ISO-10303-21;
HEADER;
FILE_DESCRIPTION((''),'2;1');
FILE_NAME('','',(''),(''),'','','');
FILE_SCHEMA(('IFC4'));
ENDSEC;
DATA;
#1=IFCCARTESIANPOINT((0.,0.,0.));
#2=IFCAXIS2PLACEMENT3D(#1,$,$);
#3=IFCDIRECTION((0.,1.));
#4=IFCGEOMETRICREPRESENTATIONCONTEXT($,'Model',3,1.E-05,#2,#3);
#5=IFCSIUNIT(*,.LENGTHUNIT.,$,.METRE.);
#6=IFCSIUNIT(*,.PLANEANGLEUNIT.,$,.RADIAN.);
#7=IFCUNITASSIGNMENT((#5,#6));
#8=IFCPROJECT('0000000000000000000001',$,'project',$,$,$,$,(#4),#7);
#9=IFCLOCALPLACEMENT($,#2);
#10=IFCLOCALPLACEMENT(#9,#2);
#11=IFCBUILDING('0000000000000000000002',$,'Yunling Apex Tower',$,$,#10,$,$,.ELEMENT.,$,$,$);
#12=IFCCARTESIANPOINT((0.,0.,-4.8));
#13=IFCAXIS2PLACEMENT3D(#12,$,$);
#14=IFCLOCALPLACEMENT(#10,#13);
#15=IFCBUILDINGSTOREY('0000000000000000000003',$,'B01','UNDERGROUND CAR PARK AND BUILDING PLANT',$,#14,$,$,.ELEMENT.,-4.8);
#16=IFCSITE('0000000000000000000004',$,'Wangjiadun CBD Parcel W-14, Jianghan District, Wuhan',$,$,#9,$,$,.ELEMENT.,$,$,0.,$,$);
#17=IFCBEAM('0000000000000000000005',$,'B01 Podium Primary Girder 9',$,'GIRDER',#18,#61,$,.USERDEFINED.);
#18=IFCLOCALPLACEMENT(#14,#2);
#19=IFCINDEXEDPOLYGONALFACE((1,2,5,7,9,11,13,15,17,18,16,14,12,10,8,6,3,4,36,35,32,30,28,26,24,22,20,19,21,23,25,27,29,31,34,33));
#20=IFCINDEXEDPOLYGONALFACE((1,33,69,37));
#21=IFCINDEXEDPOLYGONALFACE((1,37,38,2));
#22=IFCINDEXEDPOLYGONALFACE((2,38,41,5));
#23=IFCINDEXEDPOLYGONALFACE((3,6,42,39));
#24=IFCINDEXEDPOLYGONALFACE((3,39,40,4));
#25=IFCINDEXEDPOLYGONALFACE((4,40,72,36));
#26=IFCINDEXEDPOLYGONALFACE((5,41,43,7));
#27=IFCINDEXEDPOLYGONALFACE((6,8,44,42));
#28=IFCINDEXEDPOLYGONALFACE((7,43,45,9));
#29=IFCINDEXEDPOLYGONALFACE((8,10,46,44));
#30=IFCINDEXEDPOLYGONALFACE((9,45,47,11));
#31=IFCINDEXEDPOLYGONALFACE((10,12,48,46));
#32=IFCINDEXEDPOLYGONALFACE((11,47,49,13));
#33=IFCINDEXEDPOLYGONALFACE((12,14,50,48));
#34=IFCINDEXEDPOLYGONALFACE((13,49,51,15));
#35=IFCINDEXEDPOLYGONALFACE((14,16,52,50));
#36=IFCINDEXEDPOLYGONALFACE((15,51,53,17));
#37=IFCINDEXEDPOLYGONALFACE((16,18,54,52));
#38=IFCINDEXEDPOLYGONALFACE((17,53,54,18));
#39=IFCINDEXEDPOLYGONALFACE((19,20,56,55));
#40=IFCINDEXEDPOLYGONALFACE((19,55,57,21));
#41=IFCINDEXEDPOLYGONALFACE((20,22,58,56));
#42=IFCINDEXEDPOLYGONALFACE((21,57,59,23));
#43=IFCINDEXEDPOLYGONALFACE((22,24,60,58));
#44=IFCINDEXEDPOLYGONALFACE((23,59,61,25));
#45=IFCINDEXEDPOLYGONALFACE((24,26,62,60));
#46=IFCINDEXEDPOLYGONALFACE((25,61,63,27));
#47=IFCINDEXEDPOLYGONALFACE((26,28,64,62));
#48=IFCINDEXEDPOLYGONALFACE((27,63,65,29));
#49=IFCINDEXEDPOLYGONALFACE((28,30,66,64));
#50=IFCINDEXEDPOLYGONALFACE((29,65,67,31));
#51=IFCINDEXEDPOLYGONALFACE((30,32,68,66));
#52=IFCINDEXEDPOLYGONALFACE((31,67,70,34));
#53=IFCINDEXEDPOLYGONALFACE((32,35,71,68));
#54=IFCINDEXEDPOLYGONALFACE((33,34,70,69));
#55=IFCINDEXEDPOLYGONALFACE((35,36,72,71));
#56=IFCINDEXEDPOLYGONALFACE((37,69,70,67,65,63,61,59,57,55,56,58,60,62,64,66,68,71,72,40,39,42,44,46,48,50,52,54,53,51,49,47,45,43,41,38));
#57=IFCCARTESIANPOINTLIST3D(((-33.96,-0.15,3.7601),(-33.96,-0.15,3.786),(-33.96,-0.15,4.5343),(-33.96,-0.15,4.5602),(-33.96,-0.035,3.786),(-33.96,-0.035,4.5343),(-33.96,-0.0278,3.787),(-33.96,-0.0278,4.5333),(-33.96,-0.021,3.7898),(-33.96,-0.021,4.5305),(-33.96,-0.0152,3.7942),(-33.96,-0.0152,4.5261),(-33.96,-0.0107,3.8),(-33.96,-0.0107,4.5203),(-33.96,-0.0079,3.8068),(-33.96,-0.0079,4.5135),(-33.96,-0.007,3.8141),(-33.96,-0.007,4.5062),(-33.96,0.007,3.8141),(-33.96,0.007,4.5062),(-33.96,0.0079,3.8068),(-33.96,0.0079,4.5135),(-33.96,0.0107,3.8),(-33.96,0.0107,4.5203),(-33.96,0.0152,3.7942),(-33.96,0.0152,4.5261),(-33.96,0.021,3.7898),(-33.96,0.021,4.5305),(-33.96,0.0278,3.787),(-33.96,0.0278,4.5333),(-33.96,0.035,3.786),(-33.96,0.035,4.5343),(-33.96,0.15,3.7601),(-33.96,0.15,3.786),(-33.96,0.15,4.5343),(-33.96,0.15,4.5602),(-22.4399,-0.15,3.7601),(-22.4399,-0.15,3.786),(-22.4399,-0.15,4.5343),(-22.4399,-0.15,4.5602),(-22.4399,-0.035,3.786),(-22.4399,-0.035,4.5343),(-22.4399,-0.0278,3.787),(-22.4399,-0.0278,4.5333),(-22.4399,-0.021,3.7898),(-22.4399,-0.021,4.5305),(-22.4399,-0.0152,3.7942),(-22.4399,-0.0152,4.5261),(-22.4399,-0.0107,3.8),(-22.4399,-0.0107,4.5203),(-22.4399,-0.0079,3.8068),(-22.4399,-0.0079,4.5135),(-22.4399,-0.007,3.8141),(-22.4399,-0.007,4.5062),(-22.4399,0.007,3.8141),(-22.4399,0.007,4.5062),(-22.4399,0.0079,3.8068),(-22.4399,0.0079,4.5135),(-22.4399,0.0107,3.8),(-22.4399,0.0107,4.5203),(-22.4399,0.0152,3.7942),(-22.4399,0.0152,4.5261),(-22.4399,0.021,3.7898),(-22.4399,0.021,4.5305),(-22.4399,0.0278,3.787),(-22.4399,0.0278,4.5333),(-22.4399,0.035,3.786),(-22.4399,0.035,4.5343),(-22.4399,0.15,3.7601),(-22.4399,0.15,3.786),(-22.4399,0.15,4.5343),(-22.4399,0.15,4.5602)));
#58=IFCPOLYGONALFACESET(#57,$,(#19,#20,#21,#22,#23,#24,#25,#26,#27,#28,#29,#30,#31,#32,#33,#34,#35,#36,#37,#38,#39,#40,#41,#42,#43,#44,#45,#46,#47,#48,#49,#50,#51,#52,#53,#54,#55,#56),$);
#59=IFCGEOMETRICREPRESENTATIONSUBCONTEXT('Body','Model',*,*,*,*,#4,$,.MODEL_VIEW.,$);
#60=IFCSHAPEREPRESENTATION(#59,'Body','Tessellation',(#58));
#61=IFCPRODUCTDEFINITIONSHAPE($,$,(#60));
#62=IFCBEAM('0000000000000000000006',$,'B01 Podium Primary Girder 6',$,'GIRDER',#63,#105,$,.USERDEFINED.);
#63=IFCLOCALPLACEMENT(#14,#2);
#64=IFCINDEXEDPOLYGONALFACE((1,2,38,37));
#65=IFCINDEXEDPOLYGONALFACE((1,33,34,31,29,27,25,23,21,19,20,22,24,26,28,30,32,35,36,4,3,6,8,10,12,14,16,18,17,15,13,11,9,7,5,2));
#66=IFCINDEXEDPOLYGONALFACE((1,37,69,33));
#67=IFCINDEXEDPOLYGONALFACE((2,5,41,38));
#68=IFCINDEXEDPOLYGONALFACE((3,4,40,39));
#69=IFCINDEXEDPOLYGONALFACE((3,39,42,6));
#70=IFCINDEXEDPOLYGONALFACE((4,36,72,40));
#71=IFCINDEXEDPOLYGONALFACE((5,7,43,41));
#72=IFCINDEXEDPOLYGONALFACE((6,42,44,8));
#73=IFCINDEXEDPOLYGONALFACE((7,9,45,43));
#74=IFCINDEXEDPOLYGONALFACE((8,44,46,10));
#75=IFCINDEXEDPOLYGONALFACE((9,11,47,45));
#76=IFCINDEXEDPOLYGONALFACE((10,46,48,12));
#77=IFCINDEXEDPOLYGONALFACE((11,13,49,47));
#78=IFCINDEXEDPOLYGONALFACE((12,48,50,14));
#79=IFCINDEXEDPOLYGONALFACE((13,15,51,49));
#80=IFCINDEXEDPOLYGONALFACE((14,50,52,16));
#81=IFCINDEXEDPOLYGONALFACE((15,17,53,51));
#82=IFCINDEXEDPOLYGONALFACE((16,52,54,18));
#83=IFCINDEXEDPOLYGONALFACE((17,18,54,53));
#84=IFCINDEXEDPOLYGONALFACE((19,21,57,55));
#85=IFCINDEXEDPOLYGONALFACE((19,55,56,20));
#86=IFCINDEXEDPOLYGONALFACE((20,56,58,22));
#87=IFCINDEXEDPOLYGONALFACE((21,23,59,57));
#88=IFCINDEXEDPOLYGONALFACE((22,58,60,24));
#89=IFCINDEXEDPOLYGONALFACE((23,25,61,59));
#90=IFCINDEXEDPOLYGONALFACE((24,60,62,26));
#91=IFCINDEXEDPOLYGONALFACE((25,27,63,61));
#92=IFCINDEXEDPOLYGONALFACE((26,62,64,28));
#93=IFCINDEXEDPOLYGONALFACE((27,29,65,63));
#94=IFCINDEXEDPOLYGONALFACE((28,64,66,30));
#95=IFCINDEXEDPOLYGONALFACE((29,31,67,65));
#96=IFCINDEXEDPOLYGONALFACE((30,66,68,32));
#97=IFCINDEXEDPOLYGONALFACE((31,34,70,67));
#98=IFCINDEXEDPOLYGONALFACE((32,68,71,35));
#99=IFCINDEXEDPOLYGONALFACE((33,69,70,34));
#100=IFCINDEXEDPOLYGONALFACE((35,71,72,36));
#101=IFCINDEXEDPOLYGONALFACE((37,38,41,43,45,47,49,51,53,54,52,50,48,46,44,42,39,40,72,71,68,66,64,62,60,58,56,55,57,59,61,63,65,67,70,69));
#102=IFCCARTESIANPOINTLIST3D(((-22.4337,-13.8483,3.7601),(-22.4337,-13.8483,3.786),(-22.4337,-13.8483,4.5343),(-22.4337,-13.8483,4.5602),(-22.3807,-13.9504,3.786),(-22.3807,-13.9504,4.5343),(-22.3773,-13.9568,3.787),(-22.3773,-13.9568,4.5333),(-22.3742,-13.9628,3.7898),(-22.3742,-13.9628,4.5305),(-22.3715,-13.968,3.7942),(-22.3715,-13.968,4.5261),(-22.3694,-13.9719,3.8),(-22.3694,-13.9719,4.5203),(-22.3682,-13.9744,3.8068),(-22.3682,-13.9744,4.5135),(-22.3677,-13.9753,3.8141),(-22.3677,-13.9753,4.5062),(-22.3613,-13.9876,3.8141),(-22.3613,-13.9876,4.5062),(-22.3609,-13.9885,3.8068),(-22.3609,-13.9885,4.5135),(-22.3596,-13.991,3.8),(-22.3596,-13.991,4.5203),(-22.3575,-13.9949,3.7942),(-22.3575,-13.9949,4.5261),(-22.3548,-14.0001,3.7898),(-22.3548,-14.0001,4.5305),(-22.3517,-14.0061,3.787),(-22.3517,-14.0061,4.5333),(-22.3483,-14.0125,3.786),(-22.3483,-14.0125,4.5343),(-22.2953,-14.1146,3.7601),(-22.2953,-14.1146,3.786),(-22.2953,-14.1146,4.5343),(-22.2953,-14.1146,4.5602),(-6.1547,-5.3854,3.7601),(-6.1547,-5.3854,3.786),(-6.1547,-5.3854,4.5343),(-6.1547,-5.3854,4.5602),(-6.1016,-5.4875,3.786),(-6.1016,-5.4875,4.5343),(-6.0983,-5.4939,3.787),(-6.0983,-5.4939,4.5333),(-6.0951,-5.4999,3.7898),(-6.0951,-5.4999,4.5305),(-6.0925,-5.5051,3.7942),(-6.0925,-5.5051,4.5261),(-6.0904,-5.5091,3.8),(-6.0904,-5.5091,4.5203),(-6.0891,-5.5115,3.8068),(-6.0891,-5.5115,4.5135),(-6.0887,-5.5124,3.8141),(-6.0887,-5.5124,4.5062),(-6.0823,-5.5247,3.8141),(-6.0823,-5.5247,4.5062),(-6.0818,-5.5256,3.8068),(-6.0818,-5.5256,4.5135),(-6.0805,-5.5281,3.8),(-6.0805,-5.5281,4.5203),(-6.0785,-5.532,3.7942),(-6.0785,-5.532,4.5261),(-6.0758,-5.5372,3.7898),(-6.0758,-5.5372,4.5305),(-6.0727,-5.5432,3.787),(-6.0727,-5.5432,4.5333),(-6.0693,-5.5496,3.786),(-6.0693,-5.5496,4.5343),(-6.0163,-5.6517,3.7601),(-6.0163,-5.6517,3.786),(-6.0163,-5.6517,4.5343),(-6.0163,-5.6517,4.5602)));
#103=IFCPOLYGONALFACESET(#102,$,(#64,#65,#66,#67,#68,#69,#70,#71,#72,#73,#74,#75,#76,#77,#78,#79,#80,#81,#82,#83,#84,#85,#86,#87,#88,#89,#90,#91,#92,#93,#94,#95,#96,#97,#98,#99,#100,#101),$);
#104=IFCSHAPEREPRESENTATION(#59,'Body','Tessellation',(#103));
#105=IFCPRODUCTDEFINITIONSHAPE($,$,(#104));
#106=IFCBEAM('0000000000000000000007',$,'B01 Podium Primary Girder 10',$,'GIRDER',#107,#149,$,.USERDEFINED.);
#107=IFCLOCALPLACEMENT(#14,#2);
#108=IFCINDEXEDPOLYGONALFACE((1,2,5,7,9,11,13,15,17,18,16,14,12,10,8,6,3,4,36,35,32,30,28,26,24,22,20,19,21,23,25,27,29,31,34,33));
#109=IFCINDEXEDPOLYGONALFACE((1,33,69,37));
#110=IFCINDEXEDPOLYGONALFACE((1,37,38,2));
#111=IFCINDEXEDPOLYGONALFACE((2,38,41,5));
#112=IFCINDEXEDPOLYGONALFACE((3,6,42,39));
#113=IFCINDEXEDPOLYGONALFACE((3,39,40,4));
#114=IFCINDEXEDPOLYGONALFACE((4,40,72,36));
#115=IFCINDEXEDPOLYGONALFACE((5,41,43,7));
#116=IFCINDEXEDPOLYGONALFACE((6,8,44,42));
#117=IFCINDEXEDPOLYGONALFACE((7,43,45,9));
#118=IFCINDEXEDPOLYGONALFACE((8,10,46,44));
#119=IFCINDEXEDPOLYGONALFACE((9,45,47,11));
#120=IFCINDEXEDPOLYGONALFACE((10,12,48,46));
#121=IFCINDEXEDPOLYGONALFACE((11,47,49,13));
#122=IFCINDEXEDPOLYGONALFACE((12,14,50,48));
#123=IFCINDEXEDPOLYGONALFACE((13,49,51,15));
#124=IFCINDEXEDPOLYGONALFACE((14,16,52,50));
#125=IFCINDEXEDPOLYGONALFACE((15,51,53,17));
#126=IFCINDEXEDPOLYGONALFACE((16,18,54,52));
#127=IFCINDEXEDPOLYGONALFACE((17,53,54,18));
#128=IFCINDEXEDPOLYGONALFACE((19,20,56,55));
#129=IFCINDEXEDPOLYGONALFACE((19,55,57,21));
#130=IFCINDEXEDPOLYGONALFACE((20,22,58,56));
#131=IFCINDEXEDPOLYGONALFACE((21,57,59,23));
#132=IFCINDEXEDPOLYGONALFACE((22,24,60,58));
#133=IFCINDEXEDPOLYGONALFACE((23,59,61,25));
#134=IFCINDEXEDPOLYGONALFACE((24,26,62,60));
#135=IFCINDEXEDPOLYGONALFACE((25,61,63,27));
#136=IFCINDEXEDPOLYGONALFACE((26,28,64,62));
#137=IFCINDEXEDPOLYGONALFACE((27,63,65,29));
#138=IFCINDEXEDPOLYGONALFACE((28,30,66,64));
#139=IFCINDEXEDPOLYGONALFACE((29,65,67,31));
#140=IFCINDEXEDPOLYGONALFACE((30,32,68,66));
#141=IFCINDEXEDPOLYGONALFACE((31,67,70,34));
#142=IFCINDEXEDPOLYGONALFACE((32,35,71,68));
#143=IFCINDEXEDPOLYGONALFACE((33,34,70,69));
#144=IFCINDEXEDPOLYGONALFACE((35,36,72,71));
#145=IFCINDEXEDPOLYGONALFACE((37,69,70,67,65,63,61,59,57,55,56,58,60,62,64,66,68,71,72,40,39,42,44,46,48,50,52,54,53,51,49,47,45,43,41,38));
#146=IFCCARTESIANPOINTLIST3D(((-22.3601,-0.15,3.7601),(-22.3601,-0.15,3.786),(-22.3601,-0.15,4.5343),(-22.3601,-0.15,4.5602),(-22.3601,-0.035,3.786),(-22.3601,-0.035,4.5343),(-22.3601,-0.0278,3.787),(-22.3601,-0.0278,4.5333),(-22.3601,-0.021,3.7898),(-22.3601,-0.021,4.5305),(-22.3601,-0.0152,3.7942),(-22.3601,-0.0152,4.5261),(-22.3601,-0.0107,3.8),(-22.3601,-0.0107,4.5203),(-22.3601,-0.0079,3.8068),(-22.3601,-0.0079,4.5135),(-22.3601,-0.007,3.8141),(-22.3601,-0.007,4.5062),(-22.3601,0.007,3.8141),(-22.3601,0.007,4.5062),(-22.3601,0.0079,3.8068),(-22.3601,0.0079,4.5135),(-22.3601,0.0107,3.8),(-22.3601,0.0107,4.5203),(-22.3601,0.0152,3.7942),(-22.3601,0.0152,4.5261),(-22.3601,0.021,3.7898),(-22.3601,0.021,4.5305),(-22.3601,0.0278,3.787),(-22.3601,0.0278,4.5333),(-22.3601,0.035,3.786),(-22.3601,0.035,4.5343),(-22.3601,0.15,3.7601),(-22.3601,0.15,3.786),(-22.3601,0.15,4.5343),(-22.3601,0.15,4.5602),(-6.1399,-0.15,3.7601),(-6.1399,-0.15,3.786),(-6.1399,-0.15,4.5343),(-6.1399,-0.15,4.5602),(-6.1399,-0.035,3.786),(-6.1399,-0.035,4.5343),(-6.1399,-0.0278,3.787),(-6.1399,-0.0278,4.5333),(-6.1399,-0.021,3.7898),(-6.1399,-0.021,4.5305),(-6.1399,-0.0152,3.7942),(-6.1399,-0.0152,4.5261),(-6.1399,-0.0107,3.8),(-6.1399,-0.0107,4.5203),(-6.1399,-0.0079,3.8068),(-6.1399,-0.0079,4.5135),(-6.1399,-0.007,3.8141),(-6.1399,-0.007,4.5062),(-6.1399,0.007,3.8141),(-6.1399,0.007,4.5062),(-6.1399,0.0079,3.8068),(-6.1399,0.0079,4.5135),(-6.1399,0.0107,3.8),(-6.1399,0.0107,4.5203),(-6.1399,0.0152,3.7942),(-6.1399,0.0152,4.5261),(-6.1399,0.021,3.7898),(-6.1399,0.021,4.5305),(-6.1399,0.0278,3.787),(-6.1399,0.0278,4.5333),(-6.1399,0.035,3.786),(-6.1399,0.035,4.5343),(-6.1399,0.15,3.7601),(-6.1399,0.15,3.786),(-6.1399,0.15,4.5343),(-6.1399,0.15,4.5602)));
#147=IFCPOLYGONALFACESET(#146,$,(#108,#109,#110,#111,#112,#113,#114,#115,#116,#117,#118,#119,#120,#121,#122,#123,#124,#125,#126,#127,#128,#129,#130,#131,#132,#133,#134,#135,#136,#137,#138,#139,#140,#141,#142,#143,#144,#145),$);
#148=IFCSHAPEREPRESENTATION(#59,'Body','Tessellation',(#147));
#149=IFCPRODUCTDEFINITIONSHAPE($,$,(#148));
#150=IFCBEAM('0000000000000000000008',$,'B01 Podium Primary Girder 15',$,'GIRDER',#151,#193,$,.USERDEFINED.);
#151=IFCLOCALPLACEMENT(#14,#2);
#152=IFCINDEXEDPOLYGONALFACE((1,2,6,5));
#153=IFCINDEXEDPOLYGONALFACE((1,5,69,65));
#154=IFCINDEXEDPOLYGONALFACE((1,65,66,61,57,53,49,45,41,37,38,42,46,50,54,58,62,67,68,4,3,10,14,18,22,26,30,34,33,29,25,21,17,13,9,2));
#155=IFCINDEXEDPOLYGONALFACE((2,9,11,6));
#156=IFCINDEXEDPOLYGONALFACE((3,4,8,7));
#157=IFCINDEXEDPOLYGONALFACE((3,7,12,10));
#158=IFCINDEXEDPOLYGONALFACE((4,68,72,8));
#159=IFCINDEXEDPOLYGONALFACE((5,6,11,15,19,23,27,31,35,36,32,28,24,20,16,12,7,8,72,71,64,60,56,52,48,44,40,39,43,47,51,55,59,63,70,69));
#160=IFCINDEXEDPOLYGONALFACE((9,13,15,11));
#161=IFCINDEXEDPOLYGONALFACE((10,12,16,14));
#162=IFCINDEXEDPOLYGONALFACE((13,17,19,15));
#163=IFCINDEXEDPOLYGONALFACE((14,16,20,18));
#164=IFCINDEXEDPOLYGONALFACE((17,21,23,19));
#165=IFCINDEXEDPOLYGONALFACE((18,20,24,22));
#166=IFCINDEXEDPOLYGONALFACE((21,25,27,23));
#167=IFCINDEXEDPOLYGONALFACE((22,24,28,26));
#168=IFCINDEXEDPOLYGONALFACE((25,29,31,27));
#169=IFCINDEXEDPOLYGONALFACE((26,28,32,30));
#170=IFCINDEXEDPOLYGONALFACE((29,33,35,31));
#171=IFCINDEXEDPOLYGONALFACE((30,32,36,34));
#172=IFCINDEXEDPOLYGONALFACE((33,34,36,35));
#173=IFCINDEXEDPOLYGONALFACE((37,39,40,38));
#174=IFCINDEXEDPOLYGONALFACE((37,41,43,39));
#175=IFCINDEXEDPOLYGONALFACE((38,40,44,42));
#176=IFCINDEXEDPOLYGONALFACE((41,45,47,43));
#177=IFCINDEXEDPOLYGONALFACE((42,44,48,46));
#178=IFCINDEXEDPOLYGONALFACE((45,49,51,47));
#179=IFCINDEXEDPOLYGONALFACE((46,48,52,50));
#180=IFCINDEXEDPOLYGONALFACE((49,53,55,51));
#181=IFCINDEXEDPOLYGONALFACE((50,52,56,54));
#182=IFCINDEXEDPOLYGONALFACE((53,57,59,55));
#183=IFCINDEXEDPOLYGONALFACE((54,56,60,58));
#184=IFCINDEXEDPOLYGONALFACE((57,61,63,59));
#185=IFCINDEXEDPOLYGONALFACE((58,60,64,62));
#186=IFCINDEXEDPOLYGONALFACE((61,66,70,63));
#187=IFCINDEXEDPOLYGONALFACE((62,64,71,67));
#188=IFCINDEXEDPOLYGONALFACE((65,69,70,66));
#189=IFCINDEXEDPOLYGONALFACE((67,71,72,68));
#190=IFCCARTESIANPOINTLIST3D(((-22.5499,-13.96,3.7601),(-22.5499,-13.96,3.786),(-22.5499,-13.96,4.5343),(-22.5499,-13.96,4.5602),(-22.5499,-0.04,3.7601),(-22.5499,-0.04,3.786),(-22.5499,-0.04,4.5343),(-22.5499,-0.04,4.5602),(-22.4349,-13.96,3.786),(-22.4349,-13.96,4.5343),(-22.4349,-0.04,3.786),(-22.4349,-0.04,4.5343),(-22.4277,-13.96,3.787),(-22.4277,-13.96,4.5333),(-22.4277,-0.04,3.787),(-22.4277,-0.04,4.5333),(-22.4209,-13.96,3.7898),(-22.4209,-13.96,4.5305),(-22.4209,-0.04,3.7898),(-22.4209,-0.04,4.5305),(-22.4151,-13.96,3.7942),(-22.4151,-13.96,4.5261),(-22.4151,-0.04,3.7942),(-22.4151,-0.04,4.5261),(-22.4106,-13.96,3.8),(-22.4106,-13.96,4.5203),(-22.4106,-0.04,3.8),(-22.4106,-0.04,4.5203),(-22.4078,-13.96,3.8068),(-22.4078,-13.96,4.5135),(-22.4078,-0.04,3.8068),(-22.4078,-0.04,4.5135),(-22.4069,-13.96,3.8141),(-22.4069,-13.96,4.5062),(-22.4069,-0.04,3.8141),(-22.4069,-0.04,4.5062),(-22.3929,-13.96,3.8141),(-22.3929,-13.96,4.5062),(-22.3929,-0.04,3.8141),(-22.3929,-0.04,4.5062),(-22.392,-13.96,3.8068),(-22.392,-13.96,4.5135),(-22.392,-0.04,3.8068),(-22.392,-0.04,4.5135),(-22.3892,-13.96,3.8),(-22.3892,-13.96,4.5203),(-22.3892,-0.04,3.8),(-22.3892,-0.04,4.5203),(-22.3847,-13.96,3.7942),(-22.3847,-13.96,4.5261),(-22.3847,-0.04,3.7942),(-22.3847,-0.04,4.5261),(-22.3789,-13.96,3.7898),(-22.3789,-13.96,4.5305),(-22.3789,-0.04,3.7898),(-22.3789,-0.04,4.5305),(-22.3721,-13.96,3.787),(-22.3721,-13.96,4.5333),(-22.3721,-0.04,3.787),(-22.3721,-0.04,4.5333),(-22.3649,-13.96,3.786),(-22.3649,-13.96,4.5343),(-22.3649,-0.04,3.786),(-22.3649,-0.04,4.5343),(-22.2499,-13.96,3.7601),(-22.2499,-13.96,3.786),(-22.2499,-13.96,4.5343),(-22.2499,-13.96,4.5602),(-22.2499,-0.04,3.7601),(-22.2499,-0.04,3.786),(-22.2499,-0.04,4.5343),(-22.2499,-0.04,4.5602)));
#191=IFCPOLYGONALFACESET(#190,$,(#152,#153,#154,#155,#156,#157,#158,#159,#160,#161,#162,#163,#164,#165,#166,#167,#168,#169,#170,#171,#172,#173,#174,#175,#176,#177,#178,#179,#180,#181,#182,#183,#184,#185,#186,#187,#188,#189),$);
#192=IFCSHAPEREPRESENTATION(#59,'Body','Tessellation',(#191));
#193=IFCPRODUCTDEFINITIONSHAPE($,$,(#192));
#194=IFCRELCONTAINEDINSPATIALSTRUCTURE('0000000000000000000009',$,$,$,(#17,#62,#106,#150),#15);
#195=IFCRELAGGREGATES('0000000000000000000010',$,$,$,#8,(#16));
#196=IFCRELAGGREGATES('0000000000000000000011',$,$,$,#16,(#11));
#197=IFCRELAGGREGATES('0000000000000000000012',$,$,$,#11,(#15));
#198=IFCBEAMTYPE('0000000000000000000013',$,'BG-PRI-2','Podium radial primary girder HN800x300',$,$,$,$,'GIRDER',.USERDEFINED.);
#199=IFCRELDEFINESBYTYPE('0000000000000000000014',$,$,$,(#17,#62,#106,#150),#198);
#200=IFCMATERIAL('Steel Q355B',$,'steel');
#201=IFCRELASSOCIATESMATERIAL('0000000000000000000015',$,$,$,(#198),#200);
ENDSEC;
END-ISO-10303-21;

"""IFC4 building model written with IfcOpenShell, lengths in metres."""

from ifc_helpers import new_model, si_unit, direction, frame, origin, origin_2d, place, context, subcontext, project, spatial, i_section, extrude, source, transform, mapped, material, material_profile, profile_set, type_object, element, save


model = new_model("IFC4")

# Units and contexts
model_context = context("Model", 3, precision=1e-05, world=origin(), true_north=direction((0.0, 1.0)))
body_context = subcontext(model_context, "Body", "Model", "MODEL_VIEW")
ifc_project = project(units=[si_unit("LENGTHUNIT", "METRE"), si_unit("PLANEANGLEUNIT", "RADIAN")], contexts=[model_context])

# Site, building, storey
site_placement = place(None, origin())
site = spatial("IfcSite", under=ifc_project, at=site_placement, Name="Wangjiadun CBD Parcel W-14, Jianghan District, Wuhan", CompositionType="ELEMENT", RefElevation=0.0)
building_placement = place(site_placement, origin())
building = spatial("IfcBuilding", under=site, at=building_placement, Name="Yunling Apex Tower", CompositionType="ELEMENT")
storey_placement = place(building_placement, frame((0.0, 0.0, -4.8)))
storey = spatial("IfcBuildingStorey", under=building, at=storey_placement, Name="B01", Description="UNDERGROUND CAR PARK AND BUILDING PLANT", CompositionType="ELEMENT", Elevation=-4.8)

# Beams
ifc_material_1 = material(Name="Steel Q355B", Category="steel")
ifc_material_profile_1 = material_profile(ifc_material_1, i_section(OverallWidth=0.3, OverallDepth=0.8, WebThickness=0.0139, FlangeThickness=0.0259, FilletRadius=0.0281, at=origin_2d()))
ifc_profile_set_1 = profile_set([ifc_material_profile_1], Name="Steel Q355B")
beam_type_1 = type_object("IfcBeamType", Name="BG-PRI-2", Description="Podium radial primary girder HN800x300", ElementType="GIRDER", PredefinedType="USERDEFINED", material=ifc_profile_set_1)
shared_shape_1 = source(origin(), body_context, "Body", "SweptSolid", [
    extrude(i_section(OverallWidth=0.3, OverallDepth=0.8, WebThickness=0.0139, FlangeThickness=0.0259, FilletRadius=0.0281, at=origin_2d()), origin(), (0.0, 0.0, 1.0), 11.52),
])
for number, where, z_axis, x_axis, name in (
    (1, (-33.96, 0.0, 4.1602), (1.0, 0.0, 0.0), (0.0, 1.0, 0.0), "B01 Podium Primary Girder 9"),
):
    element("IfcBeam", number, at=place(storey_placement, frame(where, z_axis=z_axis, x_axis=x_axis)), inside=storey, type_object=beam_type_1, Name=name, ObjectType="GIRDER", PredefinedType="USERDEFINED", context=body_context, shape_type="MappedRepresentation", body=[
        mapped(shared_shape_1, transform((0.0, 0.0, 0.0), scale=1.0)),
    ])
shared_shape_2 = source(origin(), body_context, "Body", "SweptSolid", [
    extrude(i_section(OverallWidth=0.3, OverallDepth=0.8, WebThickness=0.0139, FlangeThickness=0.0259, FilletRadius=0.0281, at=origin_2d()), origin(), (0.0, 0.0, 1.0), 18.3474),
])
beam_1_placement = place(storey_placement, frame((-22.3645, -13.9814, 4.1602), z_axis=(0.887266, 0.461258, 0.0), x_axis=(-0.461258, 0.887266, 0.0)))
element("IfcBeam", 2, at=beam_1_placement, inside=storey, type_object=beam_type_1, Name="B01 Podium Primary Girder 6", ObjectType="GIRDER", PredefinedType="USERDEFINED", context=body_context, shape_type="MappedRepresentation", body=[
    mapped(shared_shape_2, transform((0.0, 0.0, 0.0), scale=1.0)),
])
shared_shape_3 = source(origin(), body_context, "Body", "SweptSolid", [
    extrude(i_section(OverallWidth=0.3, OverallDepth=0.8, WebThickness=0.0139, FlangeThickness=0.0259, FilletRadius=0.0281, at=origin_2d()), origin(), (0.0, 0.0, 1.0), 16.2202),
])
beam_2_placement = place(storey_placement, frame((-22.3601, 0.0, 4.1602), z_axis=(1.0, 0.0, 0.0), x_axis=(0.0, 1.0, 0.0)))
element("IfcBeam", 3, at=beam_2_placement, inside=storey, type_object=beam_type_1, Name="B01 Podium Primary Girder 10", ObjectType="GIRDER", PredefinedType="USERDEFINED", context=body_context, shape_type="MappedRepresentation", body=[
    mapped(shared_shape_3, transform((0.0, 0.0, 0.0), scale=1.0)),
])
shared_shape_4 = source(origin(), body_context, "Body", "SweptSolid", [
    extrude(i_section(OverallWidth=0.3, OverallDepth=0.8, WebThickness=0.0139, FlangeThickness=0.0259, FilletRadius=0.0281, at=origin_2d()), origin(), (0.0, 0.0, 1.0), 13.9199),
])
beam_3_placement = place(storey_placement, frame((-22.3999, -0.04, 4.1602), z_axis=(0.0, -1.0, 0.0), x_axis=(1.0, 0.0, 0.0)))
element("IfcBeam", 4, at=beam_3_placement, inside=storey, type_object=beam_type_1, Name="B01 Podium Primary Girder 15", ObjectType="GIRDER", PredefinedType="USERDEFINED", context=body_context, shape_type="MappedRepresentation", body=[
    mapped(shared_shape_4, transform((0.0, 0.0, 0.0), scale=1.0)),
])

save(model, "model.ifc")
